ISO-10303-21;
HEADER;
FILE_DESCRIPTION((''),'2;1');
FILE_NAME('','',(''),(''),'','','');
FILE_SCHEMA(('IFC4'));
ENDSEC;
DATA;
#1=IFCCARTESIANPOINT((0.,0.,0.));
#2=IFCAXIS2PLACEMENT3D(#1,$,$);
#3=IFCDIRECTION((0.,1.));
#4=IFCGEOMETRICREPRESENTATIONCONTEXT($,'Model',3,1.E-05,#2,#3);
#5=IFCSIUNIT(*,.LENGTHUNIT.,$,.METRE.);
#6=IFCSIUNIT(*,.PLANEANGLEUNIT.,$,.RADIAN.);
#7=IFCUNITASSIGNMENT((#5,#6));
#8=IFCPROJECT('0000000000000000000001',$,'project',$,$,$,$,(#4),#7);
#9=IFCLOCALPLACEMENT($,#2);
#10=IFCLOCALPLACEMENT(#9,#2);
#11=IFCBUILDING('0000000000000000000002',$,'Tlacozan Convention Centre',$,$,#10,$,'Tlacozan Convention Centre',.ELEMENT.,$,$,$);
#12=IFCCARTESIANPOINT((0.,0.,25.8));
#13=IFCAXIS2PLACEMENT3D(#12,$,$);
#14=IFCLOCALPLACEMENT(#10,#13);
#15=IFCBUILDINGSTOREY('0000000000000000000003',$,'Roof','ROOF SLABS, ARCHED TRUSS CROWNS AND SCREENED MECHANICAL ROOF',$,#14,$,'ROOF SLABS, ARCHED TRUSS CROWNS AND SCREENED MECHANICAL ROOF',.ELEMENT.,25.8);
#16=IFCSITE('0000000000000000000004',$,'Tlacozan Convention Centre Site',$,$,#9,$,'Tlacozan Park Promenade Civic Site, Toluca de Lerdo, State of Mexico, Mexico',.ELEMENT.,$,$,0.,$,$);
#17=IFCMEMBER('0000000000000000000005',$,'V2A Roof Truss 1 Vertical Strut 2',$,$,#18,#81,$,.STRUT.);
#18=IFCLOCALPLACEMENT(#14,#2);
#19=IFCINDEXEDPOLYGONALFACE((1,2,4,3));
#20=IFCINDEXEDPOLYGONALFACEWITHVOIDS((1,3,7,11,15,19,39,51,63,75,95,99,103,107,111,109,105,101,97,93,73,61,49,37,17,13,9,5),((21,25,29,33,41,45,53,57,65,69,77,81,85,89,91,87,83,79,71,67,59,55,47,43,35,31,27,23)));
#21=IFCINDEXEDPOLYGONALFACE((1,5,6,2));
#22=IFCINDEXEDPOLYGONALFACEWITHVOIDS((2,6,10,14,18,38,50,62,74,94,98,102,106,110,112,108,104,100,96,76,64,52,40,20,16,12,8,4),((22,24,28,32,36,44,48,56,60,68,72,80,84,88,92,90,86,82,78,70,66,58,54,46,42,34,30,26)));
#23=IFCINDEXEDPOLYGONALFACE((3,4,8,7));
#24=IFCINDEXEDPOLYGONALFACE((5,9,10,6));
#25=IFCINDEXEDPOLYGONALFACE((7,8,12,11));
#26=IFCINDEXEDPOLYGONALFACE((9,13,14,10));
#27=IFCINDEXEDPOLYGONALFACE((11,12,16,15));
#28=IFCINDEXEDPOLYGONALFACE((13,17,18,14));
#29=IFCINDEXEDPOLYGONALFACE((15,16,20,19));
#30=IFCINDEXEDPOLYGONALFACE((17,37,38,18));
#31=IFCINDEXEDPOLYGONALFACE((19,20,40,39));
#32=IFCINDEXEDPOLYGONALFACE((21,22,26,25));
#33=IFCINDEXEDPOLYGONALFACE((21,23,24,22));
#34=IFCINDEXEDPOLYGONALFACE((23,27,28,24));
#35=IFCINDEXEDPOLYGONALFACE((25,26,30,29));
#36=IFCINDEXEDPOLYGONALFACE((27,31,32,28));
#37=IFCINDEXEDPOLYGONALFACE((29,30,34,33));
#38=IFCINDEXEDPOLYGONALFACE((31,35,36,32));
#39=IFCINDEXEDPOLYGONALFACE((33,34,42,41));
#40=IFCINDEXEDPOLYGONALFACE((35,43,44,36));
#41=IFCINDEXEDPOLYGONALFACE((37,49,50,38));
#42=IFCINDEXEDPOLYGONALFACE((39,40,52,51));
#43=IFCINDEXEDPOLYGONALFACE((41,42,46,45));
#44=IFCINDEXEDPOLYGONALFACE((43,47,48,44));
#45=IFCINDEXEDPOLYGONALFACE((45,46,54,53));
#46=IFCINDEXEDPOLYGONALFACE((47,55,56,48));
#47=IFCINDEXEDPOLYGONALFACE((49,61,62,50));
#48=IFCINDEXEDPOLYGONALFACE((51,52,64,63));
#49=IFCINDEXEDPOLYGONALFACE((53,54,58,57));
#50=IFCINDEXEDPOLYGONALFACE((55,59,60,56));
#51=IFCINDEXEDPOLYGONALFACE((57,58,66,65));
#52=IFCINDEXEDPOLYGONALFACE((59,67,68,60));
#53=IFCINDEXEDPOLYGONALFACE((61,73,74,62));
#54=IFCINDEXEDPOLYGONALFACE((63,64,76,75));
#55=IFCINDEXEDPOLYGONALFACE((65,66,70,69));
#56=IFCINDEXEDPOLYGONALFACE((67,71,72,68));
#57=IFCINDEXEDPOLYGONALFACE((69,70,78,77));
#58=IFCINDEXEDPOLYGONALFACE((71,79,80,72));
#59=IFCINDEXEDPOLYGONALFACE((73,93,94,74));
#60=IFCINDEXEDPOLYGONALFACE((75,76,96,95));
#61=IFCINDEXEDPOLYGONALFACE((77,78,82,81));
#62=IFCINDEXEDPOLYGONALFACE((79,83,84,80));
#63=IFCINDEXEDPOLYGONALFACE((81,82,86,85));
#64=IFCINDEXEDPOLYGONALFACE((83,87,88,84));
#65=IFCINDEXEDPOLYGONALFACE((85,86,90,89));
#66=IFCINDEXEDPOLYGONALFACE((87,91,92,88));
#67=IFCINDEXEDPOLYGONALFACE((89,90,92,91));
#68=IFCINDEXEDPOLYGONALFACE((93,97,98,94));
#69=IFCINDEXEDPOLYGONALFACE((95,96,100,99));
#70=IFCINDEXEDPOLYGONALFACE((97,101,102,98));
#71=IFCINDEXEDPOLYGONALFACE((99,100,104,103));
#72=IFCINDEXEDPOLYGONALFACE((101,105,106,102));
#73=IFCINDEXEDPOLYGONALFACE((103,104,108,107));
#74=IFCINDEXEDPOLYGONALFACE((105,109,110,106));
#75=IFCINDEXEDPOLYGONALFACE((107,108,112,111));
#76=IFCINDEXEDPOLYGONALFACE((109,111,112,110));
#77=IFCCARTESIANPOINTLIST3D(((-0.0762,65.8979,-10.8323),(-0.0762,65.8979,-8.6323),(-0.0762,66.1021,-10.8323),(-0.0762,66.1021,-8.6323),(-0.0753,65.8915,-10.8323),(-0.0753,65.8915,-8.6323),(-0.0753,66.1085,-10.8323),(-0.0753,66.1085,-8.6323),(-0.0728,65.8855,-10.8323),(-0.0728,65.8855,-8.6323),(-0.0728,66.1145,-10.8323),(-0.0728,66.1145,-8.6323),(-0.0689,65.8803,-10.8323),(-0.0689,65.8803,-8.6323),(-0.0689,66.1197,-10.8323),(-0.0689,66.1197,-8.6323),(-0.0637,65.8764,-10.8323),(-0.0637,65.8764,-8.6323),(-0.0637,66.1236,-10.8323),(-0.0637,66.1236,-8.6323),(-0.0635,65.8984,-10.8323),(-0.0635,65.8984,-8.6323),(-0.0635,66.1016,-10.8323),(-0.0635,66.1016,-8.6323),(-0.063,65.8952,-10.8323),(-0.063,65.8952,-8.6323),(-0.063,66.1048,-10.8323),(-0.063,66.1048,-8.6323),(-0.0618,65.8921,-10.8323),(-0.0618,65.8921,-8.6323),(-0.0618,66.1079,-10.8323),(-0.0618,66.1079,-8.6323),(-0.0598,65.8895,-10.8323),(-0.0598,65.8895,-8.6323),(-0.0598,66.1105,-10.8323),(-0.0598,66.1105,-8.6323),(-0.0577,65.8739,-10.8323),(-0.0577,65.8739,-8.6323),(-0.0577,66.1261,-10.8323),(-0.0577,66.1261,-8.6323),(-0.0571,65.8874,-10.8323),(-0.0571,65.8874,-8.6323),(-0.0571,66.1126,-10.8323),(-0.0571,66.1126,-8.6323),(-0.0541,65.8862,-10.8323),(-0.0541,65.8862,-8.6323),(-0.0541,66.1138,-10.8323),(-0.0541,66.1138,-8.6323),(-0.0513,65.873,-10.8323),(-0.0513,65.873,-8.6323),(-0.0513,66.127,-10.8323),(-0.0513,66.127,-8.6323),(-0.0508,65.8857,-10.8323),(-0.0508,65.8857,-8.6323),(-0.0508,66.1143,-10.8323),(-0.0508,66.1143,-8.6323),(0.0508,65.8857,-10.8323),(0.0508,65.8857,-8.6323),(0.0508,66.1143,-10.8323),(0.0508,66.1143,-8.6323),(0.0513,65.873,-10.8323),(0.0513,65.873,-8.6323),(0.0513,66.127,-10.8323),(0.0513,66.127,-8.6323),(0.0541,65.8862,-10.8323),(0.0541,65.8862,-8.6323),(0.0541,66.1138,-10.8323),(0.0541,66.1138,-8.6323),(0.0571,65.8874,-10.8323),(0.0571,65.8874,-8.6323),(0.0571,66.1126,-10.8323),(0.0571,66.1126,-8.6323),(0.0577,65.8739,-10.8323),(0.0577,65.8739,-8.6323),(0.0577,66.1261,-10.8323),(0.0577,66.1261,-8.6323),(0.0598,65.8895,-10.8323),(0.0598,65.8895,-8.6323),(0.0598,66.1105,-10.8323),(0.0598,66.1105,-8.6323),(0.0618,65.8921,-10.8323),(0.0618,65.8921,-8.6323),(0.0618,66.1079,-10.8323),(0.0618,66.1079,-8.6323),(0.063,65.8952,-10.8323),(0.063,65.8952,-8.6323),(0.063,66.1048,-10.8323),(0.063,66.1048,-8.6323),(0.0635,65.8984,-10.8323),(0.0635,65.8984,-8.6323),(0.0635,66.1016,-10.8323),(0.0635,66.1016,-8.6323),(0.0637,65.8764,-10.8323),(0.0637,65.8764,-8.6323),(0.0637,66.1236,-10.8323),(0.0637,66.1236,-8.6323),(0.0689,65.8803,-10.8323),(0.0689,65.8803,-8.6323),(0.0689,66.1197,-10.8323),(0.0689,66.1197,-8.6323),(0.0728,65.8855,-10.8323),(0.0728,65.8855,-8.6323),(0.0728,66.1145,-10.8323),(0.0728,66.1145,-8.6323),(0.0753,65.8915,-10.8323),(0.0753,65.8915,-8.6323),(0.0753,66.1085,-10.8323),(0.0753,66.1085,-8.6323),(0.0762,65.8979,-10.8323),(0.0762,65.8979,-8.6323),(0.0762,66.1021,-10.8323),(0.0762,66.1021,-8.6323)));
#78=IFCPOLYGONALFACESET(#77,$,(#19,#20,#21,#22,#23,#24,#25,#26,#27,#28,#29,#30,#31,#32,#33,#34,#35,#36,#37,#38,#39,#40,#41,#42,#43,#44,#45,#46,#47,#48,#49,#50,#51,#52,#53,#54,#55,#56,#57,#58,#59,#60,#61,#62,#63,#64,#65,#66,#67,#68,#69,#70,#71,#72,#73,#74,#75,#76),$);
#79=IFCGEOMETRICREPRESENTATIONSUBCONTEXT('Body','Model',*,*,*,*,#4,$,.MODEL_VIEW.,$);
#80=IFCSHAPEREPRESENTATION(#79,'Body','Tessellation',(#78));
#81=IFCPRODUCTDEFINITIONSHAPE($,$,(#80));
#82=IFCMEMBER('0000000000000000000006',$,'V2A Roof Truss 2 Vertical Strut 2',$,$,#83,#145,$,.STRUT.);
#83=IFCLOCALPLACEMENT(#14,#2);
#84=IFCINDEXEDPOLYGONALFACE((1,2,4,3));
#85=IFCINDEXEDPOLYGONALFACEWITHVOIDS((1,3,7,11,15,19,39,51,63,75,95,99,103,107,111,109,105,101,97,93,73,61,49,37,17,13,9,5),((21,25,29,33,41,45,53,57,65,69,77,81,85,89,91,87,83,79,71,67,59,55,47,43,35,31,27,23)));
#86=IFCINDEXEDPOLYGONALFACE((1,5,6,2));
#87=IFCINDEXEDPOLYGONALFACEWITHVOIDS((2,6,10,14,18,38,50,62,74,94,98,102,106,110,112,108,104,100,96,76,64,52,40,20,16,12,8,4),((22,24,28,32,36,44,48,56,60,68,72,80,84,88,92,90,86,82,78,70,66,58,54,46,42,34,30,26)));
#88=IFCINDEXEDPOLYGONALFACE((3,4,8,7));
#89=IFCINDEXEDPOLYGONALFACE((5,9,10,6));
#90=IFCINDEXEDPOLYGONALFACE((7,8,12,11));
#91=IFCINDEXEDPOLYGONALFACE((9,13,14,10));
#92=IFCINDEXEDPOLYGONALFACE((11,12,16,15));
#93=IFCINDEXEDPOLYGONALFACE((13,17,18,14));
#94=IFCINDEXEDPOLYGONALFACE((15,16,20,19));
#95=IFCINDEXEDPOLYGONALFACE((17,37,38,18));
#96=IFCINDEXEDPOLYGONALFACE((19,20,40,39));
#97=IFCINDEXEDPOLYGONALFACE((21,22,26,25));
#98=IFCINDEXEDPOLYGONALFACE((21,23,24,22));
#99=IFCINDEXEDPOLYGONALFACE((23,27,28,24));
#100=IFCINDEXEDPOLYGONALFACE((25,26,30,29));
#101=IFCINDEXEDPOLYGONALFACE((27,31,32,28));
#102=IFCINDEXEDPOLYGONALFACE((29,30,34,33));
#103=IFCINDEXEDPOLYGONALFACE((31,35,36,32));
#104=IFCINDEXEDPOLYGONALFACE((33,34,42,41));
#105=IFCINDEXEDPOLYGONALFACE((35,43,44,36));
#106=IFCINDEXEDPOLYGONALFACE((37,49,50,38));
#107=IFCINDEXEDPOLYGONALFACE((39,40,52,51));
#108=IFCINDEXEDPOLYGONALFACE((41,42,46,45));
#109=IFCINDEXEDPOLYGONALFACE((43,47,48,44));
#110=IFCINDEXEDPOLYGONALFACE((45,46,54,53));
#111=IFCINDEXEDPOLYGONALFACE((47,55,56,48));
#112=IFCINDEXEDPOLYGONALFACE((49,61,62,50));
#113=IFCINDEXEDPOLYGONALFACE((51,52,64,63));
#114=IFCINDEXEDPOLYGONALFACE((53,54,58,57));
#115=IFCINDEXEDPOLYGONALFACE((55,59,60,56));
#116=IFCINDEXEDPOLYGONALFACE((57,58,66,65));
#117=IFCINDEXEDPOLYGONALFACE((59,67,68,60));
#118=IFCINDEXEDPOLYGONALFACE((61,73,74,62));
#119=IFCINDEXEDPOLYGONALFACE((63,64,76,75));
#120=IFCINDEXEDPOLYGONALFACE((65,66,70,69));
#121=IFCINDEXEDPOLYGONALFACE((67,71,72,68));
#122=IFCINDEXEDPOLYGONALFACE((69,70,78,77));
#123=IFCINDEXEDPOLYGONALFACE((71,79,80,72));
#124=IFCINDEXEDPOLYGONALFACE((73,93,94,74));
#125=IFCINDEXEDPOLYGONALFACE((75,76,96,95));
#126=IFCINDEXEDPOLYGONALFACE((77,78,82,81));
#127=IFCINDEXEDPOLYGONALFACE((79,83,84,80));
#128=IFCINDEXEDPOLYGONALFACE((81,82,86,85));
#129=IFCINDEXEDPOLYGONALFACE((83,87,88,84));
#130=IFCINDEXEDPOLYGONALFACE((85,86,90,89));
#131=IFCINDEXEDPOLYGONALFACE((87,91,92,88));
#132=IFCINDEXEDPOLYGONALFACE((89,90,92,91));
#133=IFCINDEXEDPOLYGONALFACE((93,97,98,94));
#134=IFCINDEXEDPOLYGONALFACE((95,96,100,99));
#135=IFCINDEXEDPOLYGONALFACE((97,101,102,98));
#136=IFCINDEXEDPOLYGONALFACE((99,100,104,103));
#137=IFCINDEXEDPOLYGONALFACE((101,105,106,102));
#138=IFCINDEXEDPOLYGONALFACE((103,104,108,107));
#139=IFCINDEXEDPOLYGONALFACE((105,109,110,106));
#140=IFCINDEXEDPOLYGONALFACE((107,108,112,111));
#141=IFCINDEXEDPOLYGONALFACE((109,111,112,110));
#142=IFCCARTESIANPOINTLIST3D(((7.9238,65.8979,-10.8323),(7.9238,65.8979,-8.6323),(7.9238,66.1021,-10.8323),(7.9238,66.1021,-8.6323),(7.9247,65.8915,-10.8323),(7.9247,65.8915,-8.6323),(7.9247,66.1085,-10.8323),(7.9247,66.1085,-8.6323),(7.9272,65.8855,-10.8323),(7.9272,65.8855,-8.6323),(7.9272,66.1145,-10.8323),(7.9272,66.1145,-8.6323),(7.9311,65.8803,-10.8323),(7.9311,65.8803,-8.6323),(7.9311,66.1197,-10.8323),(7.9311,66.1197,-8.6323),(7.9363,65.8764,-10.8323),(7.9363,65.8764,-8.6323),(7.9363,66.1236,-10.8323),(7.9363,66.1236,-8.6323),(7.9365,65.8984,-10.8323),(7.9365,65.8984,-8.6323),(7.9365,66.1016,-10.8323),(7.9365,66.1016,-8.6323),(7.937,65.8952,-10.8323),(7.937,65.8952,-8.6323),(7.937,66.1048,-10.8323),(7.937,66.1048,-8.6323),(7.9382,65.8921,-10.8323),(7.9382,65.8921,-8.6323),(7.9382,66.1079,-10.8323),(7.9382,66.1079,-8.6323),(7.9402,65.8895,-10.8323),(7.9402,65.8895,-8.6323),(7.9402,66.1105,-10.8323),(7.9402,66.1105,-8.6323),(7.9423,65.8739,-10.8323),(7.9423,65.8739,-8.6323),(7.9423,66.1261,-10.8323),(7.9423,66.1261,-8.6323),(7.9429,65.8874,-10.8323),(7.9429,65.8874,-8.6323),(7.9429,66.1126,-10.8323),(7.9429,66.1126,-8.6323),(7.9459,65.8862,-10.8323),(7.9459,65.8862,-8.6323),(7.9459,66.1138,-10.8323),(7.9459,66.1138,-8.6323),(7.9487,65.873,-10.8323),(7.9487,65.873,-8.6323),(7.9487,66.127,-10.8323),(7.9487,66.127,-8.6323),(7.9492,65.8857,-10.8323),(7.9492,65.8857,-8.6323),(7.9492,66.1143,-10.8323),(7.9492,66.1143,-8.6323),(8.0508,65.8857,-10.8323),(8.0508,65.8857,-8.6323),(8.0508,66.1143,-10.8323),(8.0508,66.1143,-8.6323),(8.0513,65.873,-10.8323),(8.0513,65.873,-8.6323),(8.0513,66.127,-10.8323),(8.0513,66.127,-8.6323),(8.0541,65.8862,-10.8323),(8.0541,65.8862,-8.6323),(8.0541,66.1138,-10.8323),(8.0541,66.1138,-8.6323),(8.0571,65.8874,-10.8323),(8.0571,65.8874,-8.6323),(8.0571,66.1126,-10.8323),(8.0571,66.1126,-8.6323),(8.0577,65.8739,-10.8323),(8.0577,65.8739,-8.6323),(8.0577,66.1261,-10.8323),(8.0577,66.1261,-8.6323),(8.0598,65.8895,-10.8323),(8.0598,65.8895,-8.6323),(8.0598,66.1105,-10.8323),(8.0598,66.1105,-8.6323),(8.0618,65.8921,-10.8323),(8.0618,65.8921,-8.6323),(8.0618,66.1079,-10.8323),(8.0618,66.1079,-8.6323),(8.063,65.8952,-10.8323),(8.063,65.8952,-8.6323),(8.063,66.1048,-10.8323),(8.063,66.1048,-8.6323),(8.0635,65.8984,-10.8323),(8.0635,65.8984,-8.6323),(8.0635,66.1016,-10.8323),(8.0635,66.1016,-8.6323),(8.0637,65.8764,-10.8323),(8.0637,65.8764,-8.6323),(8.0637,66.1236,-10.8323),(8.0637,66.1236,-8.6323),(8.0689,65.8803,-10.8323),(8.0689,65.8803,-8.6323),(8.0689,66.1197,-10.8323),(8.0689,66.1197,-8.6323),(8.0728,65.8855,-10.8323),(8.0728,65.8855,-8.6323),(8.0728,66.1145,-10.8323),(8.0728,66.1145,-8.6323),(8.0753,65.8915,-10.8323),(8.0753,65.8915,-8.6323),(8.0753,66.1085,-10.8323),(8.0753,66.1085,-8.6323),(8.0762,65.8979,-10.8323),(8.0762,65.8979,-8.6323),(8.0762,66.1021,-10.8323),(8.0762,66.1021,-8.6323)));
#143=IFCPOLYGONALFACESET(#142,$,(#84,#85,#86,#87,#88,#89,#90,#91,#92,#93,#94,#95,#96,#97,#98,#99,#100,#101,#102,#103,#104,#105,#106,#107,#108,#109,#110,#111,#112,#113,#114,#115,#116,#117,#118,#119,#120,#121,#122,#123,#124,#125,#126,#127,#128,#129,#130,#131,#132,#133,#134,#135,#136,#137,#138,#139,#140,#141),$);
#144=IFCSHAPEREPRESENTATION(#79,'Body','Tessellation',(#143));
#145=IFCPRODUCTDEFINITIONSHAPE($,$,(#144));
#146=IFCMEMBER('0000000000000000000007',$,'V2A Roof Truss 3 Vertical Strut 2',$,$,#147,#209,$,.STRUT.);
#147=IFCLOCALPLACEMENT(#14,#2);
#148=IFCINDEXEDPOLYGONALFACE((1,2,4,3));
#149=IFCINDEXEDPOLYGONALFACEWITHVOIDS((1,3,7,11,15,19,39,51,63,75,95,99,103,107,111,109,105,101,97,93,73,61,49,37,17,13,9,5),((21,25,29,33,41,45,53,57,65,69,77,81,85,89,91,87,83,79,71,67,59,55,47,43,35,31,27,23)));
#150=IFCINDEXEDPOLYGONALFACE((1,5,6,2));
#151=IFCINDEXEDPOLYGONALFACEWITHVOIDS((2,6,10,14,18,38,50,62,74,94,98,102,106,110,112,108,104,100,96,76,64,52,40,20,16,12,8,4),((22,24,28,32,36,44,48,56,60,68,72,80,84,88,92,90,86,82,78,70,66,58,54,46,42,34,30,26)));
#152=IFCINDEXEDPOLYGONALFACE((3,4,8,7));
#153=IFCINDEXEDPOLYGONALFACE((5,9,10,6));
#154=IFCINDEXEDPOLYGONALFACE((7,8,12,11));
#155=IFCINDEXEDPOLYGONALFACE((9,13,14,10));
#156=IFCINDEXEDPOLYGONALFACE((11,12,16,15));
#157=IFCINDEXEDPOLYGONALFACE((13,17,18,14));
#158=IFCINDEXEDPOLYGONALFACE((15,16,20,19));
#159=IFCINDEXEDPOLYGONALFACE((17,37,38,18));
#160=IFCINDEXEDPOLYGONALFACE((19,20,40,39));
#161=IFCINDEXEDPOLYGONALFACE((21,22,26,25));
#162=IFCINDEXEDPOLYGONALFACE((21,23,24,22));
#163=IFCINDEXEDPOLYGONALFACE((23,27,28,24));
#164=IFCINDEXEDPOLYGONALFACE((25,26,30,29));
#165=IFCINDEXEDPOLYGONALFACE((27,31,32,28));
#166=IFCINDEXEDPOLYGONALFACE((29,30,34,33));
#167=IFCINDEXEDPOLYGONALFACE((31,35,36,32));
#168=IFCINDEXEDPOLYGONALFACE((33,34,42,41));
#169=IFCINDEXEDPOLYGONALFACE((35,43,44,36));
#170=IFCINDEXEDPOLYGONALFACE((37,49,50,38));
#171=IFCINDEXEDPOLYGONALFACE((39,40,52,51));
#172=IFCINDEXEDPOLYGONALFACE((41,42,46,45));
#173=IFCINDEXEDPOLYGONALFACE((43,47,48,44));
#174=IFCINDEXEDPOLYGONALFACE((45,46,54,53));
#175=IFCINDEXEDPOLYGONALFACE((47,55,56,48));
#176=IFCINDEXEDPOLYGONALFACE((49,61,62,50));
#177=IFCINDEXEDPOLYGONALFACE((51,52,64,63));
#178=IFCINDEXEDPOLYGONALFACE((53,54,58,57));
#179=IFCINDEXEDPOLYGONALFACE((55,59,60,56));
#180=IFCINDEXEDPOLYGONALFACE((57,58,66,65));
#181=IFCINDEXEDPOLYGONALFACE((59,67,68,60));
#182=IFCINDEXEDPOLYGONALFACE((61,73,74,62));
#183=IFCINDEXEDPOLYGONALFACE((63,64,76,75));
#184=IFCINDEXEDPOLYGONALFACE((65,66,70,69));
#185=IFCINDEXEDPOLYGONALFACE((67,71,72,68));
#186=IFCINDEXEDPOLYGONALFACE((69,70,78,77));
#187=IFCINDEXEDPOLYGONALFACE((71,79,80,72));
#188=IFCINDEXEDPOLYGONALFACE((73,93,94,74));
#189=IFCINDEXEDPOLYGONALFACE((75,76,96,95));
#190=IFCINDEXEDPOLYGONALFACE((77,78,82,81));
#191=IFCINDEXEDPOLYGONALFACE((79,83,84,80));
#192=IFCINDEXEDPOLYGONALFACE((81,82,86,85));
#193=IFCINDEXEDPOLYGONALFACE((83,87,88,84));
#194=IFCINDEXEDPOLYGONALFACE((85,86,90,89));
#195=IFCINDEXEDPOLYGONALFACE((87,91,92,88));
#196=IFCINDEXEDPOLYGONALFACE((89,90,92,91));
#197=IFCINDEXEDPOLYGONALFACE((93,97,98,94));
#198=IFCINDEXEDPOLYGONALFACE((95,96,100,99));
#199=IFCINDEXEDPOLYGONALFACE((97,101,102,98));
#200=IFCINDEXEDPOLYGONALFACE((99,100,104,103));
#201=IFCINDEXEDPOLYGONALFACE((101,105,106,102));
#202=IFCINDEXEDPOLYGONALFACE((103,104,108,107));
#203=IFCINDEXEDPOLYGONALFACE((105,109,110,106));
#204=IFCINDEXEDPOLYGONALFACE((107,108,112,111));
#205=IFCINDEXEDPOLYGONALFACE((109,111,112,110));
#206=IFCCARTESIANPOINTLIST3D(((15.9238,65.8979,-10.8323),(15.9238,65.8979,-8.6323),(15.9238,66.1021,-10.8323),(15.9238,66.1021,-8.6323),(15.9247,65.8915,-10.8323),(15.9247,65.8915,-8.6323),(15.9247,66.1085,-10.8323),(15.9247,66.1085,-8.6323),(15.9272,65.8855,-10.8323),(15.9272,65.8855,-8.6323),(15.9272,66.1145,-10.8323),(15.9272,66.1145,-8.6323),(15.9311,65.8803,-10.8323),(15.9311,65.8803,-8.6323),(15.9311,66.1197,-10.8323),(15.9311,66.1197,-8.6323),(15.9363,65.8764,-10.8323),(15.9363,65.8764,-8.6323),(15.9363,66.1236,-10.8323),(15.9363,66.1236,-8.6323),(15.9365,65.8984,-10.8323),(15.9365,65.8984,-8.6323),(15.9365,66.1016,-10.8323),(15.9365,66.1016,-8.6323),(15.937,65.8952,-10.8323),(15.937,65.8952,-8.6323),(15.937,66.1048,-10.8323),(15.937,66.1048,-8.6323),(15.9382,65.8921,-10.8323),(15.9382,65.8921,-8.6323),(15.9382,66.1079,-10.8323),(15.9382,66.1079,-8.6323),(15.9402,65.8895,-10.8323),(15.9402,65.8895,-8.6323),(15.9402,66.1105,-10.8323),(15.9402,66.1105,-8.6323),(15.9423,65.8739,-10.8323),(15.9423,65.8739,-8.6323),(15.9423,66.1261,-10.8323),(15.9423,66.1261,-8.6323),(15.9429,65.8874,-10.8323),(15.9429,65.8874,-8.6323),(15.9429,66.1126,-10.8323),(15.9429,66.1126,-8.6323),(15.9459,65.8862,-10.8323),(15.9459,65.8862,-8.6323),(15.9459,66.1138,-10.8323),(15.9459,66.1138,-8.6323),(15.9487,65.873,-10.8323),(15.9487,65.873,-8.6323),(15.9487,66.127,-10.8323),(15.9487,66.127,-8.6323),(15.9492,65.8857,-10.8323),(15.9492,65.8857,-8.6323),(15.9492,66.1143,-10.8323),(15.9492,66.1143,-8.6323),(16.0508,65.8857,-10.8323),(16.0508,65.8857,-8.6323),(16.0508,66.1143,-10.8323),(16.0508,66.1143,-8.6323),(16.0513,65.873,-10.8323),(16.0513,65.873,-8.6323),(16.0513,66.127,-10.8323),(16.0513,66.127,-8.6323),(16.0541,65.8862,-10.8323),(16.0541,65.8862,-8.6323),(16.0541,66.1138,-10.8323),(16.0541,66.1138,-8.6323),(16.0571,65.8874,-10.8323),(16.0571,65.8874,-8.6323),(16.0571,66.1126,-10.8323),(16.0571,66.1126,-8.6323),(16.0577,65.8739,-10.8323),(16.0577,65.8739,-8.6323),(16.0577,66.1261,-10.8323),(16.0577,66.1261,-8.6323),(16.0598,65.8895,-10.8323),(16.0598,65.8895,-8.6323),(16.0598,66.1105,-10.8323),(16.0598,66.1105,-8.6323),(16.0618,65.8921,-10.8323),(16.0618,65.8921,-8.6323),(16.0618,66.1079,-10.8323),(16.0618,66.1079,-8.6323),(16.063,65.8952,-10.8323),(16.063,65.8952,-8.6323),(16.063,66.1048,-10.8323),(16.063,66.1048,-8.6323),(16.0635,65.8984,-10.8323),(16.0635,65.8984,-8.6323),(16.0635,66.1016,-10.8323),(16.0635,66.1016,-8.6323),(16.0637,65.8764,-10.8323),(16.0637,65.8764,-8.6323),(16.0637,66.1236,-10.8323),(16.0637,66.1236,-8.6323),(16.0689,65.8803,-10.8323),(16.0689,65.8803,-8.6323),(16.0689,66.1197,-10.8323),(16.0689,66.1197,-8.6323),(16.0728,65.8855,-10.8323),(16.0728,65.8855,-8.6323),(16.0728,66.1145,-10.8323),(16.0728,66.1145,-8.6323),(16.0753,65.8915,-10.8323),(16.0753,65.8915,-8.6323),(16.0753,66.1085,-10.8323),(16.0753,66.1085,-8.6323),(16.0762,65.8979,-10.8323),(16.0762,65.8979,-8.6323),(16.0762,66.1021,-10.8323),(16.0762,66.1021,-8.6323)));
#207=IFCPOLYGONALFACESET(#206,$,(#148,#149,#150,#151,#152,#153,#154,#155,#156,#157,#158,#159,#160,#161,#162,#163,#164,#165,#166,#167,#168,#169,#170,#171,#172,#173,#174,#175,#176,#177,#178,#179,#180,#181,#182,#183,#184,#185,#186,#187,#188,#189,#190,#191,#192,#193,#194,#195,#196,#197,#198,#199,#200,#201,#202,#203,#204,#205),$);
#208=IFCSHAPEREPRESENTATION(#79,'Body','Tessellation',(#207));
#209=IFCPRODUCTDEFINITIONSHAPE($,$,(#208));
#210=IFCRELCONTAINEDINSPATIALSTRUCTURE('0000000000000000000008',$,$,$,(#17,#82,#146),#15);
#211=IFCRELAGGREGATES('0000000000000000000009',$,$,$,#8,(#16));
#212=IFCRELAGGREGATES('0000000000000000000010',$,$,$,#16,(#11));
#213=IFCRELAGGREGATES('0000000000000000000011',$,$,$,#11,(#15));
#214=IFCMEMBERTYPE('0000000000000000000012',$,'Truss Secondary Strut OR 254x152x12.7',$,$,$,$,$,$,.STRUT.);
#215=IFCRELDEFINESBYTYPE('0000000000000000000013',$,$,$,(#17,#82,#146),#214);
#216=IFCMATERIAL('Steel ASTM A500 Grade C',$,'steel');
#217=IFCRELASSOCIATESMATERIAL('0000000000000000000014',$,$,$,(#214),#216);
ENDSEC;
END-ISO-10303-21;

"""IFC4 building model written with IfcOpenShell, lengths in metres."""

from ifc_helpers import new_model, si_unit, direction, frame, origin, origin_2d, place, context, subcontext, project, spatial, hollow_rectangle, extrude, material, material_profile, profile_set, type_object, element, save


model = new_model("IFC4")

# Units and contexts
model_context = context("Model", 3, precision=1e-05, world=origin(), true_north=direction((0.0, 1.0)))
body_context = subcontext(model_context, "Body", "Model", "MODEL_VIEW")
ifc_project = project(units=[si_unit("LENGTHUNIT", "METRE"), si_unit("PLANEANGLEUNIT", "RADIAN")], contexts=[model_context])

# Site, building, storey
site_placement = place(None, origin())
site = spatial("IfcSite", under=ifc_project, at=site_placement, Name="Tlacozan Convention Centre Site", LongName="Tlacozan Park Promenade Civic Site, Toluca de Lerdo, State of Mexico, Mexico", CompositionType="ELEMENT", RefElevation=0.0)
building_placement = place(site_placement, origin())
building = spatial("IfcBuilding", under=site, at=building_placement, Name="Tlacozan Convention Centre", LongName="Tlacozan Convention Centre", CompositionType="ELEMENT")
storey_placement = place(building_placement, frame((0.0, 0.0, 25.8)))
storey = spatial("IfcBuildingStorey", under=building, at=storey_placement, Name="Roof", Description="ROOF SLABS, ARCHED TRUSS CROWNS AND SCREENED MECHANICAL ROOF", LongName="ROOF SLABS, ARCHED TRUSS CROWNS AND SCREENED MECHANICAL ROOF", CompositionType="ELEMENT", Elevation=25.8)

# Members
ifc_material_1 = material(Name="Steel ASTM A500 Grade C", Category="steel")
ifc_material_profile_1 = material_profile(ifc_material_1, hollow_rectangle(XDim=0.1523, YDim=0.2539, WallThickness=0.0127, InnerFilletRadius=0.0127, OuterFilletRadius=0.0249, at=origin_2d()), Name="OR 254x152x12.7")
ifc_profile_set_1 = profile_set([ifc_material_profile_1], Name="Steel ASTM A500 Grade C")
member_type_1 = type_object("IfcMemberType", Name="Truss Secondary Strut OR 254x152x12.7", PredefinedType="STRUT", material=ifc_profile_set_1)
for number, where, z_axis, x_axis, name in (
    (1, (0.0, 66.0, -10.8323), (0.0, 0.0, 1.0), (1.0, 0.0, 0.0), "V2A Roof Truss 1 Vertical Strut 2"),
    (2, (8.0, 66.0, -10.8323), (0.0, 0.0, 1.0), (1.0, 0.0, 0.0), "V2A Roof Truss 2 Vertical Strut 2"),
    (3, (16.0, 66.0, -10.8323), (0.0, 0.0, 1.0), (1.0, 0.0, 0.0), "V2A Roof Truss 3 Vertical Strut 2"),
):
    element("IfcMember", number, at=place(storey_placement, frame(where, z_axis=z_axis, x_axis=x_axis)), inside=storey, type_object=member_type_1, Name=name, PredefinedType="STRUT", context=body_context, shape_type="SweptSolid", body=[
        extrude(hollow_rectangle(XDim=0.1523, YDim=0.2539, WallThickness=0.0127, InnerFilletRadius=0.0127, OuterFilletRadius=0.0249, at=origin_2d()), origin(), (0.0, 0.0, 1.0), 2.2),
    ])

save(model, "model.ifc")
